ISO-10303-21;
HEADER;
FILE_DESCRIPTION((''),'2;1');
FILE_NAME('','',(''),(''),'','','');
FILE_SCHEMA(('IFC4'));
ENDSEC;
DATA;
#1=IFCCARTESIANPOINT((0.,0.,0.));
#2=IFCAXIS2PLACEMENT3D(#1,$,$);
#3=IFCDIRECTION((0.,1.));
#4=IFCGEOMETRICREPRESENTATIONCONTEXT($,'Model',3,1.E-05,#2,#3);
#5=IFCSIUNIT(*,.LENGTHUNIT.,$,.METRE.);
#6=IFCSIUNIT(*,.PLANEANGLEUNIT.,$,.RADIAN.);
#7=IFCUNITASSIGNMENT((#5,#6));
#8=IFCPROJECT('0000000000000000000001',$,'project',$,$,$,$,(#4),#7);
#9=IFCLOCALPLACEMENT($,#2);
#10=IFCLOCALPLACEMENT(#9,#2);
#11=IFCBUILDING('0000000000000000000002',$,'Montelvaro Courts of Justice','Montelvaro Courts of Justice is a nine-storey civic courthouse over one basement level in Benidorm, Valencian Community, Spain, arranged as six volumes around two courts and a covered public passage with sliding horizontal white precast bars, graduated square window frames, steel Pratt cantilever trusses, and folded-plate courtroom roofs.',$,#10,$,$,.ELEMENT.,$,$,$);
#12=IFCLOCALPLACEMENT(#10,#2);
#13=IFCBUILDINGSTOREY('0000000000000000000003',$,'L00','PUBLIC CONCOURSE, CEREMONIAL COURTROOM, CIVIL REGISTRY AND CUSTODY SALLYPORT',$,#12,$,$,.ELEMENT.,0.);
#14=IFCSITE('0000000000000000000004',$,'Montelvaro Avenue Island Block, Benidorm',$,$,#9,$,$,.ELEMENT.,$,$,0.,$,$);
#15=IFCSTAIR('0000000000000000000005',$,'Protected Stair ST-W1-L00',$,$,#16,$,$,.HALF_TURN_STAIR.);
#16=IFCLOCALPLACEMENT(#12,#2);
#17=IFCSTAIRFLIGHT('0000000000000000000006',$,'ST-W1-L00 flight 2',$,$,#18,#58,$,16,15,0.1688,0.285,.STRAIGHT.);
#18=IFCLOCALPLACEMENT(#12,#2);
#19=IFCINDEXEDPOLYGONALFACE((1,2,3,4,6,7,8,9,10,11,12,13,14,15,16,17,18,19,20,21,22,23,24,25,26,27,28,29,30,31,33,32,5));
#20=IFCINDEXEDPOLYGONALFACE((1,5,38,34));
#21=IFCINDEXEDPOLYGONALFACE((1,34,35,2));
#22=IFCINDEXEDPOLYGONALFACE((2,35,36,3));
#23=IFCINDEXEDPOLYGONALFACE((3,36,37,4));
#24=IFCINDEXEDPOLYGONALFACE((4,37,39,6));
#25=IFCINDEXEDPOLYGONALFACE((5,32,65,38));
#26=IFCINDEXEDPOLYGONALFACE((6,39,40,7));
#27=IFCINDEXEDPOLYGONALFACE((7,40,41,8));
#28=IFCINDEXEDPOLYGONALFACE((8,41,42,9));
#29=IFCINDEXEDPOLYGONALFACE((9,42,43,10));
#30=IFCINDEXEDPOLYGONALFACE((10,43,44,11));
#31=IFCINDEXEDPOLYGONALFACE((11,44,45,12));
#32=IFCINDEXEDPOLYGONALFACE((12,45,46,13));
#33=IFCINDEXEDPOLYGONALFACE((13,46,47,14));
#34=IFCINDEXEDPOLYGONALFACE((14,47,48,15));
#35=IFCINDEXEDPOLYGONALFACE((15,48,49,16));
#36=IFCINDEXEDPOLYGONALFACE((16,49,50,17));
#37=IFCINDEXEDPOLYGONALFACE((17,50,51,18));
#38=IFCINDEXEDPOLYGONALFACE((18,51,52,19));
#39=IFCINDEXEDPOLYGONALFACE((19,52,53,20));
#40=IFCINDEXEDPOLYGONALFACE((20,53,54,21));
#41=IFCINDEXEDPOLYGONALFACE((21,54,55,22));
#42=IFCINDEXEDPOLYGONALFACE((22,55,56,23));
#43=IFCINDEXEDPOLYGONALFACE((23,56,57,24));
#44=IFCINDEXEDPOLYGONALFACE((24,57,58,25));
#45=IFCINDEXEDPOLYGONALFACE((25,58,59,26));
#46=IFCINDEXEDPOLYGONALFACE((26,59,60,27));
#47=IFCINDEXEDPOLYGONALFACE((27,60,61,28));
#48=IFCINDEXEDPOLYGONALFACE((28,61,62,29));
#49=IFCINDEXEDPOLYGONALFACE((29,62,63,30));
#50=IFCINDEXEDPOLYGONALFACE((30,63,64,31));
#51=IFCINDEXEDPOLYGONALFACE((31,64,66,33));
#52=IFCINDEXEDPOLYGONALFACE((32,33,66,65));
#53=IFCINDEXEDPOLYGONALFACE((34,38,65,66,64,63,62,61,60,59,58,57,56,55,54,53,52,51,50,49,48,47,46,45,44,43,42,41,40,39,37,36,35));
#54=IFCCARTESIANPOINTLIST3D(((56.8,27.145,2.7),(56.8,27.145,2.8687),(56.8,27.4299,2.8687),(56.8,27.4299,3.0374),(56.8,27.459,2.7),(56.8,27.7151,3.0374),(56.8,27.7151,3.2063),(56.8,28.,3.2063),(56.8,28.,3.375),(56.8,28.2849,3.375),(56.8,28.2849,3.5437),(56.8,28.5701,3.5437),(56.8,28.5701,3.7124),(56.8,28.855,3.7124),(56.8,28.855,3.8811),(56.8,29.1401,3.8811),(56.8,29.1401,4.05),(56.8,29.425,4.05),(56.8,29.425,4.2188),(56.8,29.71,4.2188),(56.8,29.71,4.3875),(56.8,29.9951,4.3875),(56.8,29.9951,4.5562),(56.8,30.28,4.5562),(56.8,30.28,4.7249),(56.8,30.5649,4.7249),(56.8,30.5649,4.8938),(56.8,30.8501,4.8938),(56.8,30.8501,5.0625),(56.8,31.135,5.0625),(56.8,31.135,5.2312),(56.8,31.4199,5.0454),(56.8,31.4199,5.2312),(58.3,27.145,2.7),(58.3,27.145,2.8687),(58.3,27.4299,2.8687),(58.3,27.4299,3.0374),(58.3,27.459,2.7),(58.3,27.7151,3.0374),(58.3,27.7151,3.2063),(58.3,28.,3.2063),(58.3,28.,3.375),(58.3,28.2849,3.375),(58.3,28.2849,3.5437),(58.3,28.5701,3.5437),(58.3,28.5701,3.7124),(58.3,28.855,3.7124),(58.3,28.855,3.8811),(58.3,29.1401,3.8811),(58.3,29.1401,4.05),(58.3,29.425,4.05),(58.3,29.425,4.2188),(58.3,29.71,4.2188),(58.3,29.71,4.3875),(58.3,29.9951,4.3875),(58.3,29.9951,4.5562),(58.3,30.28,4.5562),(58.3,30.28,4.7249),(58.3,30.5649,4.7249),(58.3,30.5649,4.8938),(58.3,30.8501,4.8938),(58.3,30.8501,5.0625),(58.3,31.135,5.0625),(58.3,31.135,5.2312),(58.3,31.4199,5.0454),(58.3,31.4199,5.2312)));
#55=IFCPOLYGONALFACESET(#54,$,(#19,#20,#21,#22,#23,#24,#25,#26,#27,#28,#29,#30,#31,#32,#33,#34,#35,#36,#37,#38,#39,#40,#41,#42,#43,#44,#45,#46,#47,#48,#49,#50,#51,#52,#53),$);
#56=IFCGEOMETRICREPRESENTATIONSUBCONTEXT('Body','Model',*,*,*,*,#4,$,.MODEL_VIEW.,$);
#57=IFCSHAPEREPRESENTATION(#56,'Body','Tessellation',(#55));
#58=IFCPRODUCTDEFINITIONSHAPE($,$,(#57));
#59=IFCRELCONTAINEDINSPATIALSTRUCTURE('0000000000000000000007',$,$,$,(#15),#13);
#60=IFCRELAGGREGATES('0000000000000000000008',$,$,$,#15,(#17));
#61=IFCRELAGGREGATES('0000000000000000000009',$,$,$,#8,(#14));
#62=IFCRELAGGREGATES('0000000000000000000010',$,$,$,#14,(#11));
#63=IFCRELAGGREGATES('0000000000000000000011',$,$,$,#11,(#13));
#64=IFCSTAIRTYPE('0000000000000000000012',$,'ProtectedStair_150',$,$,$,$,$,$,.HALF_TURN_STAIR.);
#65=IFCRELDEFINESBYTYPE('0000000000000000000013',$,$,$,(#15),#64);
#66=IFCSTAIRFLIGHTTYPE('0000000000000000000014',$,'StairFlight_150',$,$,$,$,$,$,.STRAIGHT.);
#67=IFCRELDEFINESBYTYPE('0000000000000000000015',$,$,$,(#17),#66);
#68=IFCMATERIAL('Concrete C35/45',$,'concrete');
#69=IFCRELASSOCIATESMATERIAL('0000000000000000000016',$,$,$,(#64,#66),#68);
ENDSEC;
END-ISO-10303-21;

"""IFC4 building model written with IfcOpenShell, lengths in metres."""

from ifc_helpers import new_model, si_unit, direction, frame, origin, place, context, subcontext, project, spatial, polyline, outline, extrude, material, type_object, element, aggregate, save


model = new_model("IFC4")

# Units and contexts
model_context = context("Model", 3, precision=1e-05, world=origin(), true_north=direction((0.0, 1.0)))
body_context = subcontext(model_context, "Body", "Model", "MODEL_VIEW")
ifc_project = project(units=[si_unit("LENGTHUNIT", "METRE"), si_unit("PLANEANGLEUNIT", "RADIAN")], contexts=[model_context])

# Site, building, storey
site_placement = place(None, origin())
site = spatial("IfcSite", under=ifc_project, at=site_placement, Name="Montelvaro Avenue Island Block, Benidorm", CompositionType="ELEMENT", RefElevation=0.0)
building_placement = place(site_placement, origin())
building = spatial("IfcBuilding", under=site, at=building_placement, Name="Montelvaro Courts of Justice", Description="Montelvaro Courts of Justice is a nine-storey civic courthouse over one basement level in Benidorm, Valencian Community, Spain, arranged as six volumes around two courts and a covered public passage with sliding horizontal white precast bars, graduated square window frames, steel Pratt cantilever trusses, and folded-plate courtroom roofs.", CompositionType="ELEMENT")
storey_placement = place(building_placement, origin())
storey = spatial("IfcBuildingStorey", under=building, at=storey_placement, Name="L00", Description="PUBLIC CONCOURSE, CEREMONIAL COURTROOM, CIVIL REGISTRY AND CUSTODY SALLYPORT", CompositionType="ELEMENT", Elevation=0.0)

# Shared definitions
ifc_material_1 = material(Name="Concrete C35/45", Category="concrete")

# Stair, stair flight
stair_type = type_object("IfcStairType", Name="ProtectedStair_150", PredefinedType="HALF_TURN_STAIR", material=ifc_material_1)
stair_placement = place(storey_placement, origin())
stair = element("IfcStair", 1, at=stair_placement, inside=storey, type_object=stair_type, Name="Protected Stair ST-W1-L00", PredefinedType="HALF_TURN_STAIR")
stair_flight_type = type_object("IfcStairFlightType", Name="StairFlight_150", PredefinedType="STRAIGHT", material=ifc_material_1)
stair_flight_1_placement = place(storey_placement, frame((57.55, 27.145, 2.7), z_axis=(0.0, 0.0, 1.0), x_axis=(0.0, 1.0, 0.0)))
stair_flight_1 = element("IfcStairFlight", 2, at=stair_flight_1_placement, type_object=stair_flight_type, Name="ST-W1-L00 flight 2", NumberOfRisers=16, NumberOfTreads=15, PredefinedType="STRAIGHT", RiserHeight=0.1688, TreadLength=0.285, context=body_context, shape_type="SweptSolid", body=[
    extrude(outline(polyline([(0.0, 0.0), (0.0, 0.1687), (0.2849, 0.1687), (0.2849, 0.3374), (0.5701, 0.3374), (0.5701, 0.5063), (0.855, 0.5063), (0.855, 0.675), (1.1399, 0.675), (1.1399, 0.8438), (1.425, 0.8438), (1.425, 1.0125), (1.71, 1.0125), (1.71, 1.1812), (1.9951, 1.1812), (1.9951, 1.3501), (2.28, 1.3501), (2.28, 1.5188), (2.5649, 1.5188), (2.5649, 1.6875), (2.8501, 1.6875), (2.8501, 1.8562), (3.135, 1.8562), (3.135, 2.0249), (3.4199, 2.0249), (3.4199, 2.1938), (3.7051, 2.1938), (3.7051, 2.3625), (3.99, 2.3625), (3.99, 2.5312), (4.2749, 2.5312), (4.2749, 2.7), (4.2749, 2.3455), (0.314, 0.0), (0.0, 0.0)])), frame((0.0, 0.75, 0.0), z_axis=(0.0, -1.0, 0.0), x_axis=(1.0, 0.0, 0.0)), (0.0, 0.0, 1.0), 1.5),
])
aggregate(stair, [stair_flight_1])

save(model, "model.ifc")
